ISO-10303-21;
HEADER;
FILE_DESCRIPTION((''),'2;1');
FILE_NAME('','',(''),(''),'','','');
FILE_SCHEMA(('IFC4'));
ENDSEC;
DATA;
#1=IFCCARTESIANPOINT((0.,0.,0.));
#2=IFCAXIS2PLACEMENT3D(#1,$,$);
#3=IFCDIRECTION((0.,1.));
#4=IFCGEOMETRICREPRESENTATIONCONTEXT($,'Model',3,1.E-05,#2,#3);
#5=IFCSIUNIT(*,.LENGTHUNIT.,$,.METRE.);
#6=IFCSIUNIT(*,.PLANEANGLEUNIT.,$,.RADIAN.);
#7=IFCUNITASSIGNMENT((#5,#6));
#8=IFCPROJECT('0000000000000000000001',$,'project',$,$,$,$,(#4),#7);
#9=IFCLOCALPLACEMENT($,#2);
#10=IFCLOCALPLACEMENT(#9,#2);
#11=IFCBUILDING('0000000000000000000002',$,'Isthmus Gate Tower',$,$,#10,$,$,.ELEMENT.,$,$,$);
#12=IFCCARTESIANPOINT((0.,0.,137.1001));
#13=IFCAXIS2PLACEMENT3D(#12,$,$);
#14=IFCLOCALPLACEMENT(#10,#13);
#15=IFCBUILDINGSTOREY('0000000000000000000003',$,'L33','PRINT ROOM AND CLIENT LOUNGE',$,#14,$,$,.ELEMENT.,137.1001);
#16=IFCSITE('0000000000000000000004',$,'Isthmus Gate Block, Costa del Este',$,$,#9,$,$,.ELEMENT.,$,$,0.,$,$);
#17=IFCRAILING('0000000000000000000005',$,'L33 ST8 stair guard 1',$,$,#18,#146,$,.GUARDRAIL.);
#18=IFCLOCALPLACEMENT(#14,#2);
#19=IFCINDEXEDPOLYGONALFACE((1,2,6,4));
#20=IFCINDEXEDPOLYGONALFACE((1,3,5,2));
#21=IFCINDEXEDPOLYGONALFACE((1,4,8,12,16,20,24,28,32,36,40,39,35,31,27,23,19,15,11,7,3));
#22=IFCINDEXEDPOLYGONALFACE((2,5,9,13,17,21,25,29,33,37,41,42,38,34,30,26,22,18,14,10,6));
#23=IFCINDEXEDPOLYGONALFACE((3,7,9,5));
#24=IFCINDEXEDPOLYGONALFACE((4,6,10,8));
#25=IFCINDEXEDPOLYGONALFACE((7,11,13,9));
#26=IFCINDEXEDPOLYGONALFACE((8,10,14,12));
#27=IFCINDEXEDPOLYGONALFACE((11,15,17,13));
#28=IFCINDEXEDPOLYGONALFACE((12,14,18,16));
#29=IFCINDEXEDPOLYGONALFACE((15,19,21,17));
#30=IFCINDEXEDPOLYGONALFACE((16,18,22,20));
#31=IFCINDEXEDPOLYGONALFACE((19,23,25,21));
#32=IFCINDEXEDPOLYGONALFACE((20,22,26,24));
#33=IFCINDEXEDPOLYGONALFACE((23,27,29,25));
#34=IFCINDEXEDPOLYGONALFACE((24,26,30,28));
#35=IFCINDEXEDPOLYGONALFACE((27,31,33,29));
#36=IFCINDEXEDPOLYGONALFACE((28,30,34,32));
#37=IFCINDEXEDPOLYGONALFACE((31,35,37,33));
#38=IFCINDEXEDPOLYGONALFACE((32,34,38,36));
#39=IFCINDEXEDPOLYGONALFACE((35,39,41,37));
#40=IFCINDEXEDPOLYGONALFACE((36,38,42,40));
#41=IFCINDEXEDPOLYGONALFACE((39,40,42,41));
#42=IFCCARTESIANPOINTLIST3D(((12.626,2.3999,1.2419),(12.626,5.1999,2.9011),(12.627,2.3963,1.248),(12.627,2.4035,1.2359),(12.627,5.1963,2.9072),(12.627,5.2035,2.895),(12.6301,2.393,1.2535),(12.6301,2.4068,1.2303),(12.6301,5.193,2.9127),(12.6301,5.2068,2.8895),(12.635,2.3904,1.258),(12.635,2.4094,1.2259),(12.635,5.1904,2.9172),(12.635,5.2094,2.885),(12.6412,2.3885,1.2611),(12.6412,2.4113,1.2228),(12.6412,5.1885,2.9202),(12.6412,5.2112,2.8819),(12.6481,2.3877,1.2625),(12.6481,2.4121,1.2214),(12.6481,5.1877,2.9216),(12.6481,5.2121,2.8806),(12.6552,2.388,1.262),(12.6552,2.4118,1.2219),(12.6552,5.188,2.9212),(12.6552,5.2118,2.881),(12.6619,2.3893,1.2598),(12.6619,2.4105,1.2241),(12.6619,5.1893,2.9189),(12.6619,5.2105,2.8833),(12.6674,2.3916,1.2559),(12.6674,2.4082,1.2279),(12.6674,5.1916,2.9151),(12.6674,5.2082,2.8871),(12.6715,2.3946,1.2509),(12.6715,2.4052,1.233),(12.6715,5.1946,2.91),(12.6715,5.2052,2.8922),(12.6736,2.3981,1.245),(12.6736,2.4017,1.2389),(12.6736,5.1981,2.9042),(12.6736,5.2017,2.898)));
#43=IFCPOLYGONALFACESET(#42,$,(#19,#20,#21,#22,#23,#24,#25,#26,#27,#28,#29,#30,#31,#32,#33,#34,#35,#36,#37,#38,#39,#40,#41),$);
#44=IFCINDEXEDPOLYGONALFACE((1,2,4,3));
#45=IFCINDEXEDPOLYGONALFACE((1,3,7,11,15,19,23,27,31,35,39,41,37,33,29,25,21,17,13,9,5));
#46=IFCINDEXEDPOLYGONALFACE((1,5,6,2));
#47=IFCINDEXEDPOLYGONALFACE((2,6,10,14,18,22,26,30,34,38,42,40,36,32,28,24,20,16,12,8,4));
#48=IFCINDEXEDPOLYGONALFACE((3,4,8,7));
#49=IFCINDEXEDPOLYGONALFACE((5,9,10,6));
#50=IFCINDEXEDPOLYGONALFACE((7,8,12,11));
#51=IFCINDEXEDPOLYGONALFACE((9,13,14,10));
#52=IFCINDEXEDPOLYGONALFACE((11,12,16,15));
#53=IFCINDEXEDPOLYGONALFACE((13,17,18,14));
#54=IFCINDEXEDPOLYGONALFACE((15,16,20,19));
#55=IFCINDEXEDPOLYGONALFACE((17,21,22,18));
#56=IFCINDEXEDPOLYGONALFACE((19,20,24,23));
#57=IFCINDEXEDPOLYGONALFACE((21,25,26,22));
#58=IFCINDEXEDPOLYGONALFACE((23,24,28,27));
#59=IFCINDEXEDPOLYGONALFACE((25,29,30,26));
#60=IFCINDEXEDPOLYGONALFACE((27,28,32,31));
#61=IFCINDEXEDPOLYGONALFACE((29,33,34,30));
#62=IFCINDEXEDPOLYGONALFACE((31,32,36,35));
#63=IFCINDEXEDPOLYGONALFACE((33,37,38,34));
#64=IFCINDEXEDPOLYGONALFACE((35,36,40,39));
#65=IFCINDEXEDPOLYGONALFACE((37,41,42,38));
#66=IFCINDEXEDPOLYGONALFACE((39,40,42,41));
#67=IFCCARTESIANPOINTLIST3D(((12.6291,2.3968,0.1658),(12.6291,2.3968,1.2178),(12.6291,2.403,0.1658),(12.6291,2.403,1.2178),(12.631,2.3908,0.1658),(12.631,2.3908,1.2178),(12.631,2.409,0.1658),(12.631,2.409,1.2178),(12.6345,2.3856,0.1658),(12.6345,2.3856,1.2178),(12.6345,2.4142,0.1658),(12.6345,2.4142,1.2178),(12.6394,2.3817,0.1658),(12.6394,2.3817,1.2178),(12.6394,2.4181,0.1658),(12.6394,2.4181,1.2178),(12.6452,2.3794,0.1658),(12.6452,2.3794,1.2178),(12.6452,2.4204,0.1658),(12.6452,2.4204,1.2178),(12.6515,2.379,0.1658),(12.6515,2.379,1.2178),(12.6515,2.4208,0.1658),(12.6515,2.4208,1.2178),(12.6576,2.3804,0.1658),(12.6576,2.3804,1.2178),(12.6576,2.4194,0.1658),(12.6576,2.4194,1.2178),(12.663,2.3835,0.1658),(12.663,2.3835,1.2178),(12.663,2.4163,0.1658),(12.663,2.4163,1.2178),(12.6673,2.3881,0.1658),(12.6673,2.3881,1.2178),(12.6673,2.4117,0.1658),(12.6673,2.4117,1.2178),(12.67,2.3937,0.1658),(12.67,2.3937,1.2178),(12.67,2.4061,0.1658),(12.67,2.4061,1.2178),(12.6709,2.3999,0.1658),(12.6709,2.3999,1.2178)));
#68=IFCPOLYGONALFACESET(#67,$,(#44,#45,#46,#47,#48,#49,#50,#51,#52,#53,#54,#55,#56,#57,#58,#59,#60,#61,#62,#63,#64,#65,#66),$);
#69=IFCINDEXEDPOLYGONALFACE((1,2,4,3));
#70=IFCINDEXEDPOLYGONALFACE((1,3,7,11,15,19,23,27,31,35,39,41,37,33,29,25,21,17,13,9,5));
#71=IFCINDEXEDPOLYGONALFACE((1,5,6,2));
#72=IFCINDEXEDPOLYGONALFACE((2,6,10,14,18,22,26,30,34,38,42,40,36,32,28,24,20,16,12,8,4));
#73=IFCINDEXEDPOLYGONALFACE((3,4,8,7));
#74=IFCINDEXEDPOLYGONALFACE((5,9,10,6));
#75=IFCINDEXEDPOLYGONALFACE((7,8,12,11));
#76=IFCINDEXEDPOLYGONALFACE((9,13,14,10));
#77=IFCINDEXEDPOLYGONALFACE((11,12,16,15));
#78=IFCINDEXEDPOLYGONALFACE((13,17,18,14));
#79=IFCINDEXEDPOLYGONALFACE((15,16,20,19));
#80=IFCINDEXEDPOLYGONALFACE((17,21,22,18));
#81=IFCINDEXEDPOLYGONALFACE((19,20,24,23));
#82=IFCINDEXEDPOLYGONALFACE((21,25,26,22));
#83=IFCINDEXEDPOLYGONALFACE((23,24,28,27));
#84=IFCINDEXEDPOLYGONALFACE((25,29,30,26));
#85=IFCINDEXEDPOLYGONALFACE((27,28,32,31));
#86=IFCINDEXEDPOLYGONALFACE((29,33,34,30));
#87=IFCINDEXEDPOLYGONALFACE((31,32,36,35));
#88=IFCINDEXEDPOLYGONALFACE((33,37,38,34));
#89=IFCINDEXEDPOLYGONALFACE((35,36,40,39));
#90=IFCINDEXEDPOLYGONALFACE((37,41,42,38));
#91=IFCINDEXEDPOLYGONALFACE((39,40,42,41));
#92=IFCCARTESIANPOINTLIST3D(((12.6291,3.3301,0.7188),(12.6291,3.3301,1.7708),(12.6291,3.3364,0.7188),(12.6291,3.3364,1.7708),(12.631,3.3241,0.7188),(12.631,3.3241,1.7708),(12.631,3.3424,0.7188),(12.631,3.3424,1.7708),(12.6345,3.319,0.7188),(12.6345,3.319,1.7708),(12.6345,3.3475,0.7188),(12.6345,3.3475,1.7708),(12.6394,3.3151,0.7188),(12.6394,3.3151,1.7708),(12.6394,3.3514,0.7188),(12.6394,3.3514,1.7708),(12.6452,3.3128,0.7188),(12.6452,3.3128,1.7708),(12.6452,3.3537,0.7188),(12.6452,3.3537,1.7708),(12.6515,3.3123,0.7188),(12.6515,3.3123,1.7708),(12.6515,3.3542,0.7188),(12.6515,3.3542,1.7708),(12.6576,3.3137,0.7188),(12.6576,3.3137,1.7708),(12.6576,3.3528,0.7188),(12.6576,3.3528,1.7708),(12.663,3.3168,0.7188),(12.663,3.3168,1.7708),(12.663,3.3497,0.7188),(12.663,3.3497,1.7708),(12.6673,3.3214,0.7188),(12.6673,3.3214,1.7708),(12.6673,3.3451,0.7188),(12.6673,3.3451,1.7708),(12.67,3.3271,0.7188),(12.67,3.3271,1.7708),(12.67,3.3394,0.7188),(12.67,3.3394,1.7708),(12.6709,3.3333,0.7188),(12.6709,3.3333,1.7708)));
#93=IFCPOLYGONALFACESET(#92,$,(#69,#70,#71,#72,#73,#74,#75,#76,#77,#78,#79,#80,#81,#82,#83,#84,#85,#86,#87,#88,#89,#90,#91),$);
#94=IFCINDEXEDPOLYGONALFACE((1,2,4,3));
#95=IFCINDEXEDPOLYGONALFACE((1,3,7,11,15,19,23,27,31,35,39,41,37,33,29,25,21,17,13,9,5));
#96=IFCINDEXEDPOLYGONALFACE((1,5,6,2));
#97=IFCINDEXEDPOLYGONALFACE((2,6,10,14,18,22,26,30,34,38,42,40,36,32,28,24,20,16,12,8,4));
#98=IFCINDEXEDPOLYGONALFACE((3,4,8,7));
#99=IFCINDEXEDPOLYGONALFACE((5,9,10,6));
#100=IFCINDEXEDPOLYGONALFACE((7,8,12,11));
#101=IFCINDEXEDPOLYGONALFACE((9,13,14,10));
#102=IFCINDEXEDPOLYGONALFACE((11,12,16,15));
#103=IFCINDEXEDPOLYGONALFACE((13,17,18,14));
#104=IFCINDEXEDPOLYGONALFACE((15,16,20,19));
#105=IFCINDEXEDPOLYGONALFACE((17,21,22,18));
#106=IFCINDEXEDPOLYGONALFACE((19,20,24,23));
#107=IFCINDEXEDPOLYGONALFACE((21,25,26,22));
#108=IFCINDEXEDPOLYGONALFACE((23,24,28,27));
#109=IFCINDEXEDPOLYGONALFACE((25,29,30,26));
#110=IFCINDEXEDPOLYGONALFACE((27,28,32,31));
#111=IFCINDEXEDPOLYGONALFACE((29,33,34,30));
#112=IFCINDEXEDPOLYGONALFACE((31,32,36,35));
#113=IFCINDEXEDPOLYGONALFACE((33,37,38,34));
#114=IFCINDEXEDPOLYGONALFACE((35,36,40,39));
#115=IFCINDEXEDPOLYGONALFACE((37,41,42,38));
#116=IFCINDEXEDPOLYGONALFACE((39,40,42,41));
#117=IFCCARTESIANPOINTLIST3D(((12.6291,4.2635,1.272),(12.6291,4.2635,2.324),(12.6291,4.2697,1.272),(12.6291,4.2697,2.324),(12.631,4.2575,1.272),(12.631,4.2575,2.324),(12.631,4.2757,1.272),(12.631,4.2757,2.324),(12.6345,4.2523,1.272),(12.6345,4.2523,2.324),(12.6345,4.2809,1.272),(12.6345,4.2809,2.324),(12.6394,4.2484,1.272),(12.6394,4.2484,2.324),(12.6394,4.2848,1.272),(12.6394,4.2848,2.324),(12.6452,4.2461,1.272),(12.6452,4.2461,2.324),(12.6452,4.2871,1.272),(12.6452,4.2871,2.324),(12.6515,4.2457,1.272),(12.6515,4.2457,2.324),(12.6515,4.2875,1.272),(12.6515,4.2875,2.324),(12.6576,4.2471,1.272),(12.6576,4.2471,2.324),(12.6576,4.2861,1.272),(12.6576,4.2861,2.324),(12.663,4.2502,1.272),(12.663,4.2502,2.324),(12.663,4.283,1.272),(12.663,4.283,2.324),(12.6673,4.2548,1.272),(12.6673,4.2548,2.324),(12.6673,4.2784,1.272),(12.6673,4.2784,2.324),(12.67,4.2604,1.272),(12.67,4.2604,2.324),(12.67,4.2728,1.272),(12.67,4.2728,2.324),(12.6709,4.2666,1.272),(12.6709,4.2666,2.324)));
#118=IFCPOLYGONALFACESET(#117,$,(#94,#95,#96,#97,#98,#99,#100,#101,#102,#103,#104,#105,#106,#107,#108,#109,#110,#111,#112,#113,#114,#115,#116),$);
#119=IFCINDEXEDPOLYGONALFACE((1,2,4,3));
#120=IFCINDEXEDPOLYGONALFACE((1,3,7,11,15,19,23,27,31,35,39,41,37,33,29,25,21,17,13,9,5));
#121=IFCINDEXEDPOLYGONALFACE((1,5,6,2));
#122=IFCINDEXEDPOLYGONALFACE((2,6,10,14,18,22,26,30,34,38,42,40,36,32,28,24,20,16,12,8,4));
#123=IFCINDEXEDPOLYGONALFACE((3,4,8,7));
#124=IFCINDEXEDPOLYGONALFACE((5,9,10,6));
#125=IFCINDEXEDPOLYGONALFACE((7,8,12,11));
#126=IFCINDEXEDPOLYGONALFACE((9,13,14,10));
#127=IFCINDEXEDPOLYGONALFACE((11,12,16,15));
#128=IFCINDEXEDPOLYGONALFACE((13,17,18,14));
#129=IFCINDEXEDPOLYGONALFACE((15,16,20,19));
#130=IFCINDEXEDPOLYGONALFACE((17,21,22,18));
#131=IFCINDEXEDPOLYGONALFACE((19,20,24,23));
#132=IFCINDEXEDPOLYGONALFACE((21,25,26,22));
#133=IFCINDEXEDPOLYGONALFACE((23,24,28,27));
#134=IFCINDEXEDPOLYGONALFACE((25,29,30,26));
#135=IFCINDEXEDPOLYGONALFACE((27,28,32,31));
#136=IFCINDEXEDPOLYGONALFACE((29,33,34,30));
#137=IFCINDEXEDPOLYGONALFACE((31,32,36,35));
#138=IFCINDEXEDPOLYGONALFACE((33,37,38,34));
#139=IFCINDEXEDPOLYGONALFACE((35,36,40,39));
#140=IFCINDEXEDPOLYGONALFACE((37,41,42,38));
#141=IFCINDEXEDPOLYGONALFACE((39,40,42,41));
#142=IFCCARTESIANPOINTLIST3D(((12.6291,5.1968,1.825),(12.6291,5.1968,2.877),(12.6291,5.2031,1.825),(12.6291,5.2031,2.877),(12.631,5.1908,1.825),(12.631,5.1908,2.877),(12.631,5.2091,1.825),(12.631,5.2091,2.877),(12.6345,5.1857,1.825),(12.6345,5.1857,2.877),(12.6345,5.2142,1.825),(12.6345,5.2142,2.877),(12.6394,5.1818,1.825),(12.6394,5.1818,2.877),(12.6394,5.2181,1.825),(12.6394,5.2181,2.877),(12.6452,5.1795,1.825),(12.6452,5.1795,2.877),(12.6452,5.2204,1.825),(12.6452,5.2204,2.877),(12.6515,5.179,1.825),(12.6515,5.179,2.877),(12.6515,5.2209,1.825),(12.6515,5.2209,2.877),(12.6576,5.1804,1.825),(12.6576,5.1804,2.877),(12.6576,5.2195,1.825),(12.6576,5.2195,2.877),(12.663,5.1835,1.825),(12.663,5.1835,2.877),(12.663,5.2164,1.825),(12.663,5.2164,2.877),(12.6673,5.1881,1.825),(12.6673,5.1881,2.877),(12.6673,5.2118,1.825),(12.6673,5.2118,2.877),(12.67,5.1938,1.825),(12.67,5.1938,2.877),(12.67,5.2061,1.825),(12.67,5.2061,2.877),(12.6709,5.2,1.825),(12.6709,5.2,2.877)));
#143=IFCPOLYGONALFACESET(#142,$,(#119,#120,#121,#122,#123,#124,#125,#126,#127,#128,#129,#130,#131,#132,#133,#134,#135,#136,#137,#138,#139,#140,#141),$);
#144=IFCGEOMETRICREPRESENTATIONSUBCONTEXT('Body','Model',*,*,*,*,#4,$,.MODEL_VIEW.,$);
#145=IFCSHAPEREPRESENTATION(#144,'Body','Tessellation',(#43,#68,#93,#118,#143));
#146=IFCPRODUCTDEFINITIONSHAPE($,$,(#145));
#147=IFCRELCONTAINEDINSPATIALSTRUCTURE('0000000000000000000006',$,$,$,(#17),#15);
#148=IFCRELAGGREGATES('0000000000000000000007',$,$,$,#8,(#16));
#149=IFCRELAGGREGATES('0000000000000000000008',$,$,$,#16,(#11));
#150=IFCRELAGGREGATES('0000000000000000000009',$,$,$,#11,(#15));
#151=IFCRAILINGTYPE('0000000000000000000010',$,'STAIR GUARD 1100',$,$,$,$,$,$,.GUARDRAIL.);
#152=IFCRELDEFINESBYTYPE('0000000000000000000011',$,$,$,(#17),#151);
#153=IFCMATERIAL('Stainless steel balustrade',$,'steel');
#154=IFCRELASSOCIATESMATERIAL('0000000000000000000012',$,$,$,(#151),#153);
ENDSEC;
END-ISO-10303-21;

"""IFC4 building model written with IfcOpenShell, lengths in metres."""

from ifc_helpers import new_model, si_unit, direction, frame, origin, origin_2d, place, context, subcontext, project, spatial, circle, extrude, material, type_object, element, save


model = new_model("IFC4")

# Units and contexts
model_context = context("Model", 3, precision=1e-05, world=origin(), true_north=direction((0.0, 1.0)))
body_context = subcontext(model_context, "Body", "Model", "MODEL_VIEW")
ifc_project = project(units=[si_unit("LENGTHUNIT", "METRE"), si_unit("PLANEANGLEUNIT", "RADIAN")], contexts=[model_context])

# Site, building, storey
site_placement = place(None, origin())
site = spatial("IfcSite", under=ifc_project, at=site_placement, Name="Isthmus Gate Block, Costa del Este", CompositionType="ELEMENT", RefElevation=0.0)
building_placement = place(site_placement, origin())
building = spatial("IfcBuilding", under=site, at=building_placement, Name="Isthmus Gate Tower", CompositionType="ELEMENT")
storey_placement = place(building_placement, frame((0.0, 0.0, 137.1001)))
storey = spatial("IfcBuildingStorey", under=building, at=storey_placement, Name="L33", Description="PRINT ROOM AND CLIENT LOUNGE", CompositionType="ELEMENT", Elevation=137.1001)

# Railing
ifc_material_1 = material(Name="Stainless steel balustrade", Category="steel")
railing_type_1 = type_object("IfcRailingType", Name="STAIR GUARD 1100", PredefinedType="GUARDRAIL", material=ifc_material_1)
railing_1_placement = place(storey_placement, frame((12.6499, 2.3999, 0.1658)))
element("IfcRailing", 1, at=railing_1_placement, inside=storey, type_object=railing_type_1, Name="L33 ST8 stair guard 1", PredefinedType="GUARDRAIL", context=body_context, shape_type="SweptSolid", body=[
    extrude(circle(Radius=0.0239, at=origin_2d()), frame((0.0, 0.0, 1.0762), z_axis=(0.0, 0.860306, 0.509778), x_axis=(-1.0, 0.0, 0.0)), (0.0, 0.0, 1.0), 3.2546),
    extrude(circle(Radius=0.021, at=origin_2d()), origin(), (0.0, 0.0, 1.0), 1.052),
    extrude(circle(Radius=0.021, at=origin_2d()), frame((0.0, 0.9333, 0.553)), (0.0, 0.0, 1.0), 1.052),
    extrude(circle(Radius=0.021, at=origin_2d()), frame((0.0, 1.8667, 1.1062)), (0.0, 0.0, 1.0), 1.052),
    extrude(circle(Radius=0.021, at=origin_2d()), frame((0.0, 2.8, 1.6592)), (0.0, 0.0, 1.0), 1.052),
])

save(model, "model.ifc")
